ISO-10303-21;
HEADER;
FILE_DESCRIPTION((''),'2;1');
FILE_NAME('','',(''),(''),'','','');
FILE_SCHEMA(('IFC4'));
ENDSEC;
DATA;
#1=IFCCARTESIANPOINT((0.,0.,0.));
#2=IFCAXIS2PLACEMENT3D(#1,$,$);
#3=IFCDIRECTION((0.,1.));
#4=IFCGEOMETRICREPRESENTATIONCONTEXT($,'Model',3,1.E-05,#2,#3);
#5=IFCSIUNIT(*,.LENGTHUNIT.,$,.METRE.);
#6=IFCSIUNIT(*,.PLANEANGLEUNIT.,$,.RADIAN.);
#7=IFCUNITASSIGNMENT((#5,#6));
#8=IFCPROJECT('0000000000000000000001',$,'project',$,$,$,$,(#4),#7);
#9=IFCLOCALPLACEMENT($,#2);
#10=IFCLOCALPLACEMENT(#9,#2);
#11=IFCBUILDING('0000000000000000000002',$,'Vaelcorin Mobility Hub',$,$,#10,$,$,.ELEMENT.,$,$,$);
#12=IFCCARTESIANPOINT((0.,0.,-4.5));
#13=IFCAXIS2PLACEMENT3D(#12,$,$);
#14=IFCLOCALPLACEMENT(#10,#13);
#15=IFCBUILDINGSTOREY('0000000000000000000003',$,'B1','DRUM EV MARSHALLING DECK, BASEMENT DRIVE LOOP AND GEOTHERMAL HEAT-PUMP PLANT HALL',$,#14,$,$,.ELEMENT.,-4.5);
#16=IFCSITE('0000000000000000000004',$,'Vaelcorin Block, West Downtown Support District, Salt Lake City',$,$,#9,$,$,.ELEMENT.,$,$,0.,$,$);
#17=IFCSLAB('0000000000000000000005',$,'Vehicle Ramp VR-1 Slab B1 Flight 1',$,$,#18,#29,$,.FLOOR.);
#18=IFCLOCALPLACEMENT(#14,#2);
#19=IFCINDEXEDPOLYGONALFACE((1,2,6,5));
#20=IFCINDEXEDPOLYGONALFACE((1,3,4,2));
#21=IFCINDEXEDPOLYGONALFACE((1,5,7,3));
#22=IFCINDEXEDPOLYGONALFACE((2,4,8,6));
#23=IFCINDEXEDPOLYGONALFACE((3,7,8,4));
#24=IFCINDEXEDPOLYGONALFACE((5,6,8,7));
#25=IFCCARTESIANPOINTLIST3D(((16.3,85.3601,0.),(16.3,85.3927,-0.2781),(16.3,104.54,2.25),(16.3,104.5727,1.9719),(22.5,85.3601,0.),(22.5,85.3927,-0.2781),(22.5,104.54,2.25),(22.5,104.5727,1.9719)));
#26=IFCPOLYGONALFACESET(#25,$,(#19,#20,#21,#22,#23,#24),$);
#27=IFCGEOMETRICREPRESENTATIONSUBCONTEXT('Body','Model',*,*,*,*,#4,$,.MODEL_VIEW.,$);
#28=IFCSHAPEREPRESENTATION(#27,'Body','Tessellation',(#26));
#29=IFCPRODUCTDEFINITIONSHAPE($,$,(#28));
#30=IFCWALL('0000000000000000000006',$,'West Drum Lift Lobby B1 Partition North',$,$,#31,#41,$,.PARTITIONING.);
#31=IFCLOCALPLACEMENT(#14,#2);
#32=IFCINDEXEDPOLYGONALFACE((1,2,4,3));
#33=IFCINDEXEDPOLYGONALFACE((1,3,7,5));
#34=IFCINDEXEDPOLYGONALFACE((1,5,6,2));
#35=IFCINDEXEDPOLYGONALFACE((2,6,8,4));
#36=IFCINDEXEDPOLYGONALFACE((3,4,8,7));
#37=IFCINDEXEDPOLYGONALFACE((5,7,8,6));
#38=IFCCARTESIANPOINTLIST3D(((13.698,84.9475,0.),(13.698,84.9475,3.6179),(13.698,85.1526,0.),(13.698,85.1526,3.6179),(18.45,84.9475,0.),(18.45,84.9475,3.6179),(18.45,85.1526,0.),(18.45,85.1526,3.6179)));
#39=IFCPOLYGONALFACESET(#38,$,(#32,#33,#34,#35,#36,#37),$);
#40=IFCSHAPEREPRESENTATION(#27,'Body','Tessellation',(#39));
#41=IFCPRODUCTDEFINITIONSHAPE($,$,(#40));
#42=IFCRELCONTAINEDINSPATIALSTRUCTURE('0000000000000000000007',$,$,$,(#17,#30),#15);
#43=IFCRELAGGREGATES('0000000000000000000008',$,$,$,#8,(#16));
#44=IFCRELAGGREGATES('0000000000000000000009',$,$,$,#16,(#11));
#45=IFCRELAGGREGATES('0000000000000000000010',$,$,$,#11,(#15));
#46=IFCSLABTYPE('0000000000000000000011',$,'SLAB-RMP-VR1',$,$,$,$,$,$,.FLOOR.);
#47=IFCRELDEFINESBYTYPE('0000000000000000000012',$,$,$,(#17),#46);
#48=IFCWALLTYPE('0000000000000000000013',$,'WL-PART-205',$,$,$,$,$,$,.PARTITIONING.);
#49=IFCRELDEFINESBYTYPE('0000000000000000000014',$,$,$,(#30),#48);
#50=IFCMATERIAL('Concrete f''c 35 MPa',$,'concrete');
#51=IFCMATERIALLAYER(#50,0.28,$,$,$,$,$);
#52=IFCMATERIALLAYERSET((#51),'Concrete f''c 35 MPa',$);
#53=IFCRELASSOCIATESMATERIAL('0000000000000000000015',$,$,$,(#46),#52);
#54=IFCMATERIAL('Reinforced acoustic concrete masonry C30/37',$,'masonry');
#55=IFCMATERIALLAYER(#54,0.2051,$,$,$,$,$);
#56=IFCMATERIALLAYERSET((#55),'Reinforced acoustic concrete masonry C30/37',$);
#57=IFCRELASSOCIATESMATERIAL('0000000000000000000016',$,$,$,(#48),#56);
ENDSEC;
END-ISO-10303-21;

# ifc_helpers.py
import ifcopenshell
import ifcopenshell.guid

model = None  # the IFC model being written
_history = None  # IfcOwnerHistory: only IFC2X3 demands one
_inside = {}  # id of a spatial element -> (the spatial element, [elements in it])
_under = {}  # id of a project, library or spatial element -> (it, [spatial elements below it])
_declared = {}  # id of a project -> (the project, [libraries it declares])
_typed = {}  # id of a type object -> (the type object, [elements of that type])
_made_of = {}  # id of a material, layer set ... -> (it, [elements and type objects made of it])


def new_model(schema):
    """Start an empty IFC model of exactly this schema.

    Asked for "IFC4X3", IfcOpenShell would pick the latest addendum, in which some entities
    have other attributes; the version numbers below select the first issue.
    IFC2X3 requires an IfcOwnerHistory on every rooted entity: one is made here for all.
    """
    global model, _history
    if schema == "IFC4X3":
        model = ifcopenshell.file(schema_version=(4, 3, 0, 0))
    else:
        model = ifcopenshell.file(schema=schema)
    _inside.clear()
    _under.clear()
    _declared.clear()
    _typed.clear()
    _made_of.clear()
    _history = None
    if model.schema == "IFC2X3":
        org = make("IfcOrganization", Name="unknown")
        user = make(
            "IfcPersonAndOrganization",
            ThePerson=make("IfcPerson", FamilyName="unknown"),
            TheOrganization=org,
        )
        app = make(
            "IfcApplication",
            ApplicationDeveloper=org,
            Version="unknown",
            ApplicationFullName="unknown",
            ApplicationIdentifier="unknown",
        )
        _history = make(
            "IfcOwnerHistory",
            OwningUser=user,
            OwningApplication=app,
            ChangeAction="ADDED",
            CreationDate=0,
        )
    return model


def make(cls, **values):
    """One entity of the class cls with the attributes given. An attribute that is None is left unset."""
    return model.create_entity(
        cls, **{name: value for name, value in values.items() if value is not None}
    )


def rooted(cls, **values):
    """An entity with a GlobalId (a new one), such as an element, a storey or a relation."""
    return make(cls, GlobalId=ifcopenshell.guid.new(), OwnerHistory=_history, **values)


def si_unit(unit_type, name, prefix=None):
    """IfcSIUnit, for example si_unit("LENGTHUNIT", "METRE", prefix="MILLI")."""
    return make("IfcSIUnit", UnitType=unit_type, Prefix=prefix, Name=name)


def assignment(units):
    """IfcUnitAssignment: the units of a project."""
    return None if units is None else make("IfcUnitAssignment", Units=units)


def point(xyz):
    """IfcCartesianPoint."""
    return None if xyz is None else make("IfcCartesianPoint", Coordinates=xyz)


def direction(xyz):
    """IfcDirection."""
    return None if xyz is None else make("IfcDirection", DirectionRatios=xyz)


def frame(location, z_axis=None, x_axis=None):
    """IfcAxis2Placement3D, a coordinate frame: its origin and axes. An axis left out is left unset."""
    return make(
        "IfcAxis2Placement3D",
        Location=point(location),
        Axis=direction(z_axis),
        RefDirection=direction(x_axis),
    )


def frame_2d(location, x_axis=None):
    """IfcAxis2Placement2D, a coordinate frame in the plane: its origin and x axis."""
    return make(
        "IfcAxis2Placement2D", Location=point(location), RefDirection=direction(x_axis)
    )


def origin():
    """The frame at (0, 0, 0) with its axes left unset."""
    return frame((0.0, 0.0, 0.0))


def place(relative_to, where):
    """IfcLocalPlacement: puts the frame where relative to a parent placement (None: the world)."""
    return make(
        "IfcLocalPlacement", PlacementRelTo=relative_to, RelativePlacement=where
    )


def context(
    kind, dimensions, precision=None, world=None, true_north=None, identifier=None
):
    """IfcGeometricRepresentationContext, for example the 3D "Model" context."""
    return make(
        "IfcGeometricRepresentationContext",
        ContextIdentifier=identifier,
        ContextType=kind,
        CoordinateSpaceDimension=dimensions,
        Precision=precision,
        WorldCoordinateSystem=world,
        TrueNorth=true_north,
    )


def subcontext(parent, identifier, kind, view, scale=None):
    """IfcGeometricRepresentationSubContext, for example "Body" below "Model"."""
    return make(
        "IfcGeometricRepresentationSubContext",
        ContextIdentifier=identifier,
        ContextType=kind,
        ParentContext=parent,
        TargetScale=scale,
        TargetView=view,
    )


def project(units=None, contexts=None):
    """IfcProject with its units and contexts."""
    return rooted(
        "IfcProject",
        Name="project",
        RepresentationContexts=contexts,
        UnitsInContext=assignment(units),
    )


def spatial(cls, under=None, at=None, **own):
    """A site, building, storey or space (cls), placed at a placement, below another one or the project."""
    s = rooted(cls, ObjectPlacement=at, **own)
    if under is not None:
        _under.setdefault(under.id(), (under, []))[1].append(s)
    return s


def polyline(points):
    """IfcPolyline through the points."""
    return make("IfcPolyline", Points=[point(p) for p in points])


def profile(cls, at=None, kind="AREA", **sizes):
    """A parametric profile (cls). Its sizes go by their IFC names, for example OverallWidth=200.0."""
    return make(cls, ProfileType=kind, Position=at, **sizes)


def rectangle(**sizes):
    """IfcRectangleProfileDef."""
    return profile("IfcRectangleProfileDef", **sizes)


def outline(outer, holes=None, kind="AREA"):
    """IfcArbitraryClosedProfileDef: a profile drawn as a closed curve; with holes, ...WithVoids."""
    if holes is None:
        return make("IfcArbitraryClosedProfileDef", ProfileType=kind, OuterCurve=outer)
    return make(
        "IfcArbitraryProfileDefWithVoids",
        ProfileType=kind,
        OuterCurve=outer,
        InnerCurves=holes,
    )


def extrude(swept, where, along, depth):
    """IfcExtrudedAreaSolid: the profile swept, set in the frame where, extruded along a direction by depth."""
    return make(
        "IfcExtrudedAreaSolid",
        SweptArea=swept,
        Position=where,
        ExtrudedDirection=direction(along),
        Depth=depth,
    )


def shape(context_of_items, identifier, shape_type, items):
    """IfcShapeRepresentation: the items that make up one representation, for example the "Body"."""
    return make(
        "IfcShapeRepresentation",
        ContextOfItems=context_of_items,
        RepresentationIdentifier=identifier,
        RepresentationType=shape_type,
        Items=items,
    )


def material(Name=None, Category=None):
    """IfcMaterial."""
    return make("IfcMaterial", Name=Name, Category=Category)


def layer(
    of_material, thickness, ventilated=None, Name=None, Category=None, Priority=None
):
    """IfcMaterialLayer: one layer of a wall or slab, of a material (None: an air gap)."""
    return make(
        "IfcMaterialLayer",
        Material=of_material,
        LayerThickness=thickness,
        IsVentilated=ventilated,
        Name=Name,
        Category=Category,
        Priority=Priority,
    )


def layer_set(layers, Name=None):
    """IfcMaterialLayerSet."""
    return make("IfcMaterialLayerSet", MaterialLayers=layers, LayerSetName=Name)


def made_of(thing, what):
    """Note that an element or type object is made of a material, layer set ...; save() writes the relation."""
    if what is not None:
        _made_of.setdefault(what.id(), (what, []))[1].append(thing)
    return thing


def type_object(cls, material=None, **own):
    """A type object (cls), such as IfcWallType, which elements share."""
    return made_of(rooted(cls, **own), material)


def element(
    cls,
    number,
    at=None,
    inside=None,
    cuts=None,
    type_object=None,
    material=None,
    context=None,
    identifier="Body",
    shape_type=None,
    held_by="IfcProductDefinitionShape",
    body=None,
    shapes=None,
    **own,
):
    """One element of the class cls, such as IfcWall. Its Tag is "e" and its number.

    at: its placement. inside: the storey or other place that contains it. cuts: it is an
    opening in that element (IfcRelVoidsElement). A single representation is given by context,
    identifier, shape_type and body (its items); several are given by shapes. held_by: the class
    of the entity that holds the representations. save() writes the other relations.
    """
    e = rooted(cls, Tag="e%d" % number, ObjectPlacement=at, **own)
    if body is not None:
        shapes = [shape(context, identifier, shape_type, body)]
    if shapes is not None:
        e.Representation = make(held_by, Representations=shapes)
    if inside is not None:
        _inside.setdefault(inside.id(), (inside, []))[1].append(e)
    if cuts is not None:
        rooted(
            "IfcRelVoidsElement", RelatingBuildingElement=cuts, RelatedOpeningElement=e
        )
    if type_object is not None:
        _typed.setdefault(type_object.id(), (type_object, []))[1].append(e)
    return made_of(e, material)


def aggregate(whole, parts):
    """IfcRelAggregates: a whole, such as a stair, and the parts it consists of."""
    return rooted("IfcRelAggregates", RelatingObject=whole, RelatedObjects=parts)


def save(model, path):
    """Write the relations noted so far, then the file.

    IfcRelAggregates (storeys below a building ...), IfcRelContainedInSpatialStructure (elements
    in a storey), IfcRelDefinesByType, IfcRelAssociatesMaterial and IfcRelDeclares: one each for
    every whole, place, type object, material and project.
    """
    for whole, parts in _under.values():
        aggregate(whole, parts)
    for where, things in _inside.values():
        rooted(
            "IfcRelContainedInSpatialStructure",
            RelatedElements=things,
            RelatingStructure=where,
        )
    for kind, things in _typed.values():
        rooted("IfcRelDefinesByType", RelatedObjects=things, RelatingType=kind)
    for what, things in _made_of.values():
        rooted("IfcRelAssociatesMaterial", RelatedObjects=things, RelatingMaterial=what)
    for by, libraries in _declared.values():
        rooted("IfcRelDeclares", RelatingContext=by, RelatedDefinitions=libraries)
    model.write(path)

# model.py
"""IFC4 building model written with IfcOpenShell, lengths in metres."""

from ifc_helpers import new_model, si_unit, direction, frame, frame_2d, origin, place, context, subcontext, project, spatial, polyline, rectangle, outline, extrude, material, layer, layer_set, type_object, element, save


model = new_model("IFC4")

# Units and contexts
model_context = context("Model", 3, precision=1e-05, world=origin(), true_north=direction((0.0, 1.0)))
body_context = subcontext(model_context, "Body", "Model", "MODEL_VIEW")
ifc_project = project(units=[si_unit("LENGTHUNIT", "METRE"), si_unit("PLANEANGLEUNIT", "RADIAN")], contexts=[model_context])

# Site, building, storey
site_placement = place(None, origin())
site = spatial("IfcSite", under=ifc_project, at=site_placement, Name="Vaelcorin Block, West Downtown Support District, Salt Lake City", CompositionType="ELEMENT", RefElevation=0.0)
building_placement = place(site_placement, origin())
building = spatial("IfcBuilding", under=site, at=building_placement, Name="Vaelcorin Mobility Hub", CompositionType="ELEMENT")
storey_placement = place(building_placement, frame((0.0, 0.0, -4.5)))
storey = spatial("IfcBuildingStorey", under=building, at=storey_placement, Name="B1", Description="DRUM EV MARSHALLING DECK, BASEMENT DRIVE LOOP AND GEOTHERMAL HEAT-PUMP PLANT HALL", CompositionType="ELEMENT", Elevation=-4.5)

# Slab
ifc_material_1 = material(Name="Concrete f'c 35 MPa", Category="concrete")
ifc_layer_1 = layer(ifc_material_1, 0.28)
ifc_layer_set_1 = layer_set([ifc_layer_1], Name="Concrete f'c 35 MPa")
slab_type = type_object("IfcSlabType", Name="SLAB-RMP-VR1", PredefinedType="FLOOR", material=ifc_layer_set_1)
slab_placement = place(storey_placement, frame((16.3, 85.3601, 0.0), z_axis=(0.0, -0.116511, 0.993189), x_axis=(1.0, 0.0, 0.0)))
element("IfcSlab", 1, at=slab_placement, inside=storey, type_object=slab_type, Name="Vehicle Ramp VR-1 Slab B1 Flight 1", PredefinedType="FLOOR", context=body_context, shape_type="SweptSolid", body=[
    extrude(outline(polyline([(0.0, 0.0), (6.2, 0.0), (6.2, 19.3115), (0.0, 19.3115), (0.0, 0.0)])), origin(), (0.0, 0.0, -1.0), 0.28),
])

# Wall
ifc_material_2 = material(Name="Reinforced acoustic concrete masonry C30/37", Category="masonry")
ifc_layer_2 = layer(ifc_material_2, 0.2051)
ifc_layer_set_2 = layer_set([ifc_layer_2], Name="Reinforced acoustic concrete masonry C30/37")
wall_type = type_object("IfcWallType", Name="WL-PART-205", PredefinedType="PARTITIONING", material=ifc_layer_set_2)
wall_placement = place(storey_placement, frame((13.698, 85.05, 0.0), z_axis=(0.0, 0.0, 1.0), x_axis=(1.0, 0.0, 0.0)))
element("IfcWall", 2, at=wall_placement, inside=storey, type_object=wall_type, Name="West Drum Lift Lobby B1 Partition North", PredefinedType="PARTITIONING", context=body_context, shape_type="SweptSolid", body=[
    extrude(rectangle(XDim=4.752, YDim=0.2051, at=frame_2d((2.376, 0.0))), origin(), (0.0, 0.0, 1.0), 3.6179),
])

save(model, "model.ifc")
